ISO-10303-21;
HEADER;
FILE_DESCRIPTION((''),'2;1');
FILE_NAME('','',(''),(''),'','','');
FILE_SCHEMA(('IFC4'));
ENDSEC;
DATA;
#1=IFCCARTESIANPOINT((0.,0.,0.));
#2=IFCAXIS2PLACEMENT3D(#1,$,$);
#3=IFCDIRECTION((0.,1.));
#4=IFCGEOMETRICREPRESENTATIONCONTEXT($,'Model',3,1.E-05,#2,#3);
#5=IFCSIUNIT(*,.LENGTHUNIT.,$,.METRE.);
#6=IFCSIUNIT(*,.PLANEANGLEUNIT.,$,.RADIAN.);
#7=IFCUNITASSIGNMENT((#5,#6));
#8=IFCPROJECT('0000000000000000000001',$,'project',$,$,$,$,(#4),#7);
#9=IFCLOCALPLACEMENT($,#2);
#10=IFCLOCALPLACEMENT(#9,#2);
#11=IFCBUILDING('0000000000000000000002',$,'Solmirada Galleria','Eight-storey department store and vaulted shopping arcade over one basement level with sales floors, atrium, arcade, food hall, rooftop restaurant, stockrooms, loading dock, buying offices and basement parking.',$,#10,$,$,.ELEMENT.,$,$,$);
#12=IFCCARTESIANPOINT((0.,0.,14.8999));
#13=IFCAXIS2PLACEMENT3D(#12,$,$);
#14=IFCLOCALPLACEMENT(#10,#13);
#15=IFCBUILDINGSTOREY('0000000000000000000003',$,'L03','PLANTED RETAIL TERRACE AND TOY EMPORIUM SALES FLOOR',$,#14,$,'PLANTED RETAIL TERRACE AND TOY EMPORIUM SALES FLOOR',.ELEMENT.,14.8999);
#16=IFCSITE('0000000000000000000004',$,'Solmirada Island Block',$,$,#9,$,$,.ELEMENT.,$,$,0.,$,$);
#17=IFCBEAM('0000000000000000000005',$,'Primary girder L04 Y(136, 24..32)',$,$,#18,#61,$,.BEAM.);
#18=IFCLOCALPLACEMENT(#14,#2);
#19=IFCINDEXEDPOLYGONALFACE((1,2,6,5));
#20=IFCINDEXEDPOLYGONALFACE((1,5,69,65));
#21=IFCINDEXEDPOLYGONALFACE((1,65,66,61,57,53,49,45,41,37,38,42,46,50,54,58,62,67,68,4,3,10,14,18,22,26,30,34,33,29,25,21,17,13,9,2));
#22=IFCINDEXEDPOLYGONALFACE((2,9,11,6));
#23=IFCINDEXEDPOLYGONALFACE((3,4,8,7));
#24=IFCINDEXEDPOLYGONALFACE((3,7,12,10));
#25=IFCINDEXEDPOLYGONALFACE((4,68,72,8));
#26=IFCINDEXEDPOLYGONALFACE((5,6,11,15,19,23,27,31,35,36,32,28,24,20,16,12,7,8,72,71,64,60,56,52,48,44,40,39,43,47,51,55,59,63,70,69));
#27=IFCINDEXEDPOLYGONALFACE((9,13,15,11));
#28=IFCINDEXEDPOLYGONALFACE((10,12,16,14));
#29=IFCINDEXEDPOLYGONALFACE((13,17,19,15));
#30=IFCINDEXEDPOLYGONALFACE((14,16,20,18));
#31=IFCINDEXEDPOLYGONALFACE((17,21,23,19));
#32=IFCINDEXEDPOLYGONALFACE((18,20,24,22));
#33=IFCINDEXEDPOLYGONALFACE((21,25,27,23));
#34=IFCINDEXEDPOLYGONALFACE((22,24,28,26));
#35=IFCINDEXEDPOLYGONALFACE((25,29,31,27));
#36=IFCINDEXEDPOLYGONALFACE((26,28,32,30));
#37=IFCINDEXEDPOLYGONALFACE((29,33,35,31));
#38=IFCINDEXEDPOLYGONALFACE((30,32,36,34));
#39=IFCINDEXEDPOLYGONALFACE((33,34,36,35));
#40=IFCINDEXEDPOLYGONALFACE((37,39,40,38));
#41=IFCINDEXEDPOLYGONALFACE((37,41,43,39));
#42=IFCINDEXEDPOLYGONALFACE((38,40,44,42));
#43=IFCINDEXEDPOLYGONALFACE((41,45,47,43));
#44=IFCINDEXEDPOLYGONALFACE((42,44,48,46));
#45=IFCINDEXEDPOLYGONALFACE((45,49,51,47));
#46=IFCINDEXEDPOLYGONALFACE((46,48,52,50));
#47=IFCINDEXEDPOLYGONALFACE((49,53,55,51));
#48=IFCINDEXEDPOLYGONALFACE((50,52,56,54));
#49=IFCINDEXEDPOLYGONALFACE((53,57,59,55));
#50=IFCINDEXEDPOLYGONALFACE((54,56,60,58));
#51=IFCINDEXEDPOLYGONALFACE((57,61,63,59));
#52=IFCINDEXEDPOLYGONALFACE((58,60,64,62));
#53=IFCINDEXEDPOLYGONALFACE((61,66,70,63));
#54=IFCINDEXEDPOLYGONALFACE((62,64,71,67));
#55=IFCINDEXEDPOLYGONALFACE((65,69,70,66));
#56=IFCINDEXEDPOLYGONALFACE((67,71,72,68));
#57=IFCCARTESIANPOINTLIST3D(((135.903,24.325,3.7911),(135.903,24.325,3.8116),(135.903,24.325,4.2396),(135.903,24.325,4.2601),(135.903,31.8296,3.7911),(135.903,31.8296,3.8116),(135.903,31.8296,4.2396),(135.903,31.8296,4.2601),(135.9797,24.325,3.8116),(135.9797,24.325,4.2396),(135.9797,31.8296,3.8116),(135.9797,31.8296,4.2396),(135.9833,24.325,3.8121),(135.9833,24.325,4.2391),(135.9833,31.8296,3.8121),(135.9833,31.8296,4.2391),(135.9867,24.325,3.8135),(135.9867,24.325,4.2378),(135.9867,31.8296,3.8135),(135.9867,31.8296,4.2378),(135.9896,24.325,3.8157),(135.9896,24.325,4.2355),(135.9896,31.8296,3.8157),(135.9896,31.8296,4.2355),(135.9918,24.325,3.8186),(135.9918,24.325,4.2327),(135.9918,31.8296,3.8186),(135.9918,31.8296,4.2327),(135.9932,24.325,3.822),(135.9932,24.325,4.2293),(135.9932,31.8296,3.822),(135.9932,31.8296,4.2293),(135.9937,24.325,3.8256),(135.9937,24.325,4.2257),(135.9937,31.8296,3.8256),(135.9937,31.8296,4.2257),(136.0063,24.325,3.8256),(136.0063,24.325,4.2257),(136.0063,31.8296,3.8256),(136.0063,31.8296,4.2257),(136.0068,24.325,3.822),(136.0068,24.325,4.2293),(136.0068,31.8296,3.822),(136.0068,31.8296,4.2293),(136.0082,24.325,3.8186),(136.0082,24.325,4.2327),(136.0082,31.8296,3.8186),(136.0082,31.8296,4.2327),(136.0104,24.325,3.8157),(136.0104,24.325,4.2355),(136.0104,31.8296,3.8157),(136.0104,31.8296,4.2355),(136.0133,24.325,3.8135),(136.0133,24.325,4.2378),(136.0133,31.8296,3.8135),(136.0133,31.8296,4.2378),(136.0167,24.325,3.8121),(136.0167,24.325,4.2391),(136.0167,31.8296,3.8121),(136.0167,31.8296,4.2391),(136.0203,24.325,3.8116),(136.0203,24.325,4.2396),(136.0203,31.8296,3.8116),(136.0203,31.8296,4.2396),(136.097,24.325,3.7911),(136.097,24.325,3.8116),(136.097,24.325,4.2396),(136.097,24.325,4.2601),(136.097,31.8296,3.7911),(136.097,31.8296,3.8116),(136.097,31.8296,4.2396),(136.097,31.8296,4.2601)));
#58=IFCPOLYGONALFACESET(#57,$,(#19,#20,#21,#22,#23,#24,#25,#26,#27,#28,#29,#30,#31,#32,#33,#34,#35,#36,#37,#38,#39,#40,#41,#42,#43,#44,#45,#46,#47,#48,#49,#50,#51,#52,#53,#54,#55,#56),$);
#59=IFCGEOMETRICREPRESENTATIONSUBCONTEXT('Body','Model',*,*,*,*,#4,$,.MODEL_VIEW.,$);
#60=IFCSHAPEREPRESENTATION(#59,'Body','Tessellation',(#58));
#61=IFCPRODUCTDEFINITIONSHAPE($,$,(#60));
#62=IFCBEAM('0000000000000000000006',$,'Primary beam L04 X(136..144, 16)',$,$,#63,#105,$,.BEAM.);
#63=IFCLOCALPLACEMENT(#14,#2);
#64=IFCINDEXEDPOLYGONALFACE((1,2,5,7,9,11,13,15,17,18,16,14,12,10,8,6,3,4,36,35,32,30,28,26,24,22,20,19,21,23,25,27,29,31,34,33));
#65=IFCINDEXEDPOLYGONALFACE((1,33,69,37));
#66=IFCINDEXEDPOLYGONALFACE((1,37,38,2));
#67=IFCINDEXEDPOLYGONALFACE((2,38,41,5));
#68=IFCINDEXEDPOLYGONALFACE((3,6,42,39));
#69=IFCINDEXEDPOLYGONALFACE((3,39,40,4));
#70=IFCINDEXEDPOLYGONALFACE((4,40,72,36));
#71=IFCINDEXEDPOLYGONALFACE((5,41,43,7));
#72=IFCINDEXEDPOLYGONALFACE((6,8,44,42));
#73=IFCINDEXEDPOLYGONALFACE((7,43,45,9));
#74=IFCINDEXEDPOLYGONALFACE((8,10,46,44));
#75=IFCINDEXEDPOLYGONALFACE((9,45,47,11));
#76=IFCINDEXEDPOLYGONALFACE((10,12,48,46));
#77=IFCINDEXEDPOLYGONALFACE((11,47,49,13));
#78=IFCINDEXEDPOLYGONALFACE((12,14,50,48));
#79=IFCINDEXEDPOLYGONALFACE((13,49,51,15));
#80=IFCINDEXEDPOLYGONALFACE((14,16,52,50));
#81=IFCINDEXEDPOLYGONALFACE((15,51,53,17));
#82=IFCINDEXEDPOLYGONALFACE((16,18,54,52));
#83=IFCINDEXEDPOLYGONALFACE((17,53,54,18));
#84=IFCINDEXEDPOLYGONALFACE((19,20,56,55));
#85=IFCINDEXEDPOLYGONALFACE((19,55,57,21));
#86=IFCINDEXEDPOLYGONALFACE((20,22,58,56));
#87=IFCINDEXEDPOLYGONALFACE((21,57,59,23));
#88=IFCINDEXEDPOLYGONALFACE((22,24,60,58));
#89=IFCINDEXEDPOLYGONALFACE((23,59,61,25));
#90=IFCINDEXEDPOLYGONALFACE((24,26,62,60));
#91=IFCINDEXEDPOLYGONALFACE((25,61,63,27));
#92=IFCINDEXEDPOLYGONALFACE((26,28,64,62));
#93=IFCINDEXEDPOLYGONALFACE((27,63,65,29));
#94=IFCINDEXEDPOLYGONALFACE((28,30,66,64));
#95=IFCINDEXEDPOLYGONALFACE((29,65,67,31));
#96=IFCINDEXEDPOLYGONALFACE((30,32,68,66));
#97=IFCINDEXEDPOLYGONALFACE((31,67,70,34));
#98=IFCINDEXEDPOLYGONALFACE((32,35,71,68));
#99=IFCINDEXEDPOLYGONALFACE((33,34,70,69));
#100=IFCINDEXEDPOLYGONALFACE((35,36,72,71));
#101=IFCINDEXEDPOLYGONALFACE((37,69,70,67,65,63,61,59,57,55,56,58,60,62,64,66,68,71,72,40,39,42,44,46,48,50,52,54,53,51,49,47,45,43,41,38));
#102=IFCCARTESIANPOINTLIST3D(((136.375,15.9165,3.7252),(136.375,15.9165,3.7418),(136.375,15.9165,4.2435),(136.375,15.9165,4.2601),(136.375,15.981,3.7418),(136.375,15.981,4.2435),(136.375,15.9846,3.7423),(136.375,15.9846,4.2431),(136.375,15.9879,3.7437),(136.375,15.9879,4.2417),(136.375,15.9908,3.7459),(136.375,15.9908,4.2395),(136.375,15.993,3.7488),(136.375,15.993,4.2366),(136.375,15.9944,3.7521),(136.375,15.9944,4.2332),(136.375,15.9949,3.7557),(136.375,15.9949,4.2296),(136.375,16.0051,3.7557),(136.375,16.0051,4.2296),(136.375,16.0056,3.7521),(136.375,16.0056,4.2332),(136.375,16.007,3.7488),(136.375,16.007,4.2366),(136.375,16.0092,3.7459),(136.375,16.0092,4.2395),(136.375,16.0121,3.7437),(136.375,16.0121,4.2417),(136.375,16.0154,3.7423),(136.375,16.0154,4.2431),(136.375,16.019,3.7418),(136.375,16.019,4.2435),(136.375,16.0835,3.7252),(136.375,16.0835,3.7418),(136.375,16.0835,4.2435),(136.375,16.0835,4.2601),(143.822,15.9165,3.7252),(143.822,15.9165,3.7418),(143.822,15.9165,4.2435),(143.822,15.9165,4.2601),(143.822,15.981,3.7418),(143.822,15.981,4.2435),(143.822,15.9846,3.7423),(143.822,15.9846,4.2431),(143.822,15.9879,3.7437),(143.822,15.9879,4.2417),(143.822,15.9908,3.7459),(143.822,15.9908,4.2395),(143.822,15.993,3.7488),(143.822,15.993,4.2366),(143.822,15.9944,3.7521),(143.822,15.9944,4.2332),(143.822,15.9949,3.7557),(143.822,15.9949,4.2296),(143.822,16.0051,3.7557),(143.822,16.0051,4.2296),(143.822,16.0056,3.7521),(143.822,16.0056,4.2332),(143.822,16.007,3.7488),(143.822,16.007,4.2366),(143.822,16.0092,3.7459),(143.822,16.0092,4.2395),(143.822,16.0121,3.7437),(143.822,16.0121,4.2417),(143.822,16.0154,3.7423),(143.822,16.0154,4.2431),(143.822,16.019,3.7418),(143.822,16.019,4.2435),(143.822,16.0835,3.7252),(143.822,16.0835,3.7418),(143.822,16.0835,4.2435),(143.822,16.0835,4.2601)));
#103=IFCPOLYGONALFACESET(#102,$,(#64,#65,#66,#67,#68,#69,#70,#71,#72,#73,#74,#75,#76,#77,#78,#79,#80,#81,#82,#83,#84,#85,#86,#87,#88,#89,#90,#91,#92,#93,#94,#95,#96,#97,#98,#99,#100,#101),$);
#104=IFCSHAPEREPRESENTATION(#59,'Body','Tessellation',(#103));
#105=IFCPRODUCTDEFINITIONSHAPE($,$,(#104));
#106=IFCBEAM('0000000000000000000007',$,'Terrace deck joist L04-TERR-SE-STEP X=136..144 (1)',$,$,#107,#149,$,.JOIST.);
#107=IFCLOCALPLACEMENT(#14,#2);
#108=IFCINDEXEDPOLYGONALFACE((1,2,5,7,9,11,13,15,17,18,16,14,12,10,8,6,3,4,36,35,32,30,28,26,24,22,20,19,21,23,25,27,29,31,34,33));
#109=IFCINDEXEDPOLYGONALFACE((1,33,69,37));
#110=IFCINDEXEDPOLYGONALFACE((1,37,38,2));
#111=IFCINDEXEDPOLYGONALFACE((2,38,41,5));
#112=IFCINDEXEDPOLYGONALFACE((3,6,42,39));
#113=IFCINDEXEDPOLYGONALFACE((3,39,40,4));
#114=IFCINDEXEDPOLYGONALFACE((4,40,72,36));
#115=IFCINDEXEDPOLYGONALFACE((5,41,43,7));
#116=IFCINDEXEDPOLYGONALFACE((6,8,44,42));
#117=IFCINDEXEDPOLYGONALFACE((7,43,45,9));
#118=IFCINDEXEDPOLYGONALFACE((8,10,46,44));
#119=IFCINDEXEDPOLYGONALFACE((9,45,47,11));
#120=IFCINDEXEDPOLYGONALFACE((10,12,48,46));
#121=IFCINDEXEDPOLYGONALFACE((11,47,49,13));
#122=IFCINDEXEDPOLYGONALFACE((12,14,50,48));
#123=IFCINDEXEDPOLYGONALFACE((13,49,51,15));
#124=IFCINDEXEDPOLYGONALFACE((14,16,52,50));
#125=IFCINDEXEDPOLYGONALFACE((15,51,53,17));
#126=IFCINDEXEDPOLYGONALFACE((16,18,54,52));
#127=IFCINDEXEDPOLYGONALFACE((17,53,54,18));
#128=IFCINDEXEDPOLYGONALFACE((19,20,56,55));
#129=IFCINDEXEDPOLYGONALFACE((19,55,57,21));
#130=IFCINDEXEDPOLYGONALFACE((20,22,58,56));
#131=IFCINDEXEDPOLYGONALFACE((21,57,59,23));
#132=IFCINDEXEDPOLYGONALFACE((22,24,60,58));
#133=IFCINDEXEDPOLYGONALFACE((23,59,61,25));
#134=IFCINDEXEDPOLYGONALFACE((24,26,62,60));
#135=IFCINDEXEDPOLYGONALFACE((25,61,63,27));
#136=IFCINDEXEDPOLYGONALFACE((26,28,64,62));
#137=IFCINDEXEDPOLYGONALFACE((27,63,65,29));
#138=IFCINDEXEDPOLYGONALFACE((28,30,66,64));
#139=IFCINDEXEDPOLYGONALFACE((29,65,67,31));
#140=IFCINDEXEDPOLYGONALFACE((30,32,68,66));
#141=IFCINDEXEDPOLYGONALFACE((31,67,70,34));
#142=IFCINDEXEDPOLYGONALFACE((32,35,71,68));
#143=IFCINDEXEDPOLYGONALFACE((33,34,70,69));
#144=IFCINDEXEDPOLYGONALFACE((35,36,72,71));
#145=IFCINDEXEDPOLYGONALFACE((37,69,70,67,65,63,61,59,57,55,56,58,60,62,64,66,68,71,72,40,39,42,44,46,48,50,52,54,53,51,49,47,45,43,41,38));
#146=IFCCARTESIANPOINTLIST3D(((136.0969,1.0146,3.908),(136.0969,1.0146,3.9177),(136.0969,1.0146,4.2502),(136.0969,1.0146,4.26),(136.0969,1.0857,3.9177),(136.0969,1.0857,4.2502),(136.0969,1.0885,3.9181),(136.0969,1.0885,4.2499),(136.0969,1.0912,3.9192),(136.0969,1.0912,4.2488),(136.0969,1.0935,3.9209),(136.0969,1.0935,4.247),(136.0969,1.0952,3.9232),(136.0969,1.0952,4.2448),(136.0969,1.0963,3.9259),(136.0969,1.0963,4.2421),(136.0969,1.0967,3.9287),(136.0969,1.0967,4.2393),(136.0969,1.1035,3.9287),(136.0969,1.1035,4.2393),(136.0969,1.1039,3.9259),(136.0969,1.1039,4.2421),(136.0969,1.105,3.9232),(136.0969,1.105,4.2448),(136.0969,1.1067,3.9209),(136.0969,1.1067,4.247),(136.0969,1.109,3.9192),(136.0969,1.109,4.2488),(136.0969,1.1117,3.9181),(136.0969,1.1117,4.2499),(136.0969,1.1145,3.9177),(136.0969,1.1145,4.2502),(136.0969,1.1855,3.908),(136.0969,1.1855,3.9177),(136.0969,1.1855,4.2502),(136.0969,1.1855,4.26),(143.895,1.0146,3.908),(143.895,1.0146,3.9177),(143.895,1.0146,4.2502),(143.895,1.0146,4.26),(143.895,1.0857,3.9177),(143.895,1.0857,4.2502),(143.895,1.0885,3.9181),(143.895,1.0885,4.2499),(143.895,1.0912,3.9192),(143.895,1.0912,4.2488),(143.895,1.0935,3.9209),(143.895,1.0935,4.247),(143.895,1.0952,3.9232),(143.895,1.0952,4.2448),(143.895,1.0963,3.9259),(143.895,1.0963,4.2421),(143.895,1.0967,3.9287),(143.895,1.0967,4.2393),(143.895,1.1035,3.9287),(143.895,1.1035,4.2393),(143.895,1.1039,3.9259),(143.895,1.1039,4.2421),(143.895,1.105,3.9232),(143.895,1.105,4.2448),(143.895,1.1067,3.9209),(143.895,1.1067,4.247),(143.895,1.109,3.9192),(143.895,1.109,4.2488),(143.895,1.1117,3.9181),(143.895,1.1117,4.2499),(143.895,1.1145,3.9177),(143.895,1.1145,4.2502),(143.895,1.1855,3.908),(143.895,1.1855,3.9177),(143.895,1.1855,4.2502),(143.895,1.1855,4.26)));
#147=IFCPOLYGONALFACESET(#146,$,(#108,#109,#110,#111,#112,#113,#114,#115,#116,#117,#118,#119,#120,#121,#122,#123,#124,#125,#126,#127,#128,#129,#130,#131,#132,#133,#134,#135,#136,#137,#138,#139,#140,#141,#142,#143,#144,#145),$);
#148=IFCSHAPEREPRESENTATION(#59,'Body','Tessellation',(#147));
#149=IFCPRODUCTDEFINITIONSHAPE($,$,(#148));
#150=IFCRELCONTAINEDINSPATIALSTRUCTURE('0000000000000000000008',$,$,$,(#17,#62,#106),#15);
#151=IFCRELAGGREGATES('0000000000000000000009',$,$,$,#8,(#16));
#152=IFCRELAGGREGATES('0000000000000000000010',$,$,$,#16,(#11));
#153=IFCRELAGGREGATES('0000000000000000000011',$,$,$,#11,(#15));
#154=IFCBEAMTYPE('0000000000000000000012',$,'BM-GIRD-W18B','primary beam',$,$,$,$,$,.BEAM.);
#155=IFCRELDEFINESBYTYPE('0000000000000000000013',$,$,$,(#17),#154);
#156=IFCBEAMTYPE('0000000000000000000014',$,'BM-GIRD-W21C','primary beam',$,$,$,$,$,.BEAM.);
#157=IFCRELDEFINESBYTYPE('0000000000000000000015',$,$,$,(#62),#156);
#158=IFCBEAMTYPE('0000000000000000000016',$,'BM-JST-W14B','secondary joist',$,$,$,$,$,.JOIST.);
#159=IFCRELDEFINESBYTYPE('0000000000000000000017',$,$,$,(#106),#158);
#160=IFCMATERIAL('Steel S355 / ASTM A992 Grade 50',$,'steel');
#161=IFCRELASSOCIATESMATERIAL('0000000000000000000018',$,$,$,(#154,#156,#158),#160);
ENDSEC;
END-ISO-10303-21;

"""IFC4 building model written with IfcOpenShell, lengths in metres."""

from ifc_helpers import new_model, si_unit, direction, frame, origin, origin_2d, place, context, subcontext, project, spatial, i_section, extrude, material, material_profile, profile_set, type_object, element, save


model = new_model("IFC4")

# Units and contexts
model_context = context("Model", 3, precision=1e-05, world=origin(), true_north=direction((0.0, 1.0)))
body_context = subcontext(model_context, "Body", "Model", "MODEL_VIEW")
ifc_project = project(units=[si_unit("LENGTHUNIT", "METRE"), si_unit("PLANEANGLEUNIT", "RADIAN")], contexts=[model_context])

# Site, building, storey
site_placement = place(None, origin())
site = spatial("IfcSite", under=ifc_project, at=site_placement, Name="Solmirada Island Block", CompositionType="ELEMENT", RefElevation=0.0)
building_placement = place(site_placement, origin())
building = spatial("IfcBuilding", under=site, at=building_placement, Name="Solmirada Galleria", Description="Eight-storey department store and vaulted shopping arcade over one basement level with sales floors, atrium, arcade, food hall, rooftop restaurant, stockrooms, loading dock, buying offices and basement parking.", CompositionType="ELEMENT")
storey_placement = place(building_placement, frame((0.0, 0.0, 14.8999)))
storey = spatial("IfcBuildingStorey", under=building, at=storey_placement, Name="L03", Description="PLANTED RETAIL TERRACE AND TOY EMPORIUM SALES FLOOR", LongName="PLANTED RETAIL TERRACE AND TOY EMPORIUM SALES FLOOR", CompositionType="ELEMENT", Elevation=14.8999)

# Beams
ifc_material_1 = material(Name="Steel S355 / ASTM A992 Grade 50", Category="steel")
ifc_material_profile_1 = material_profile(ifc_material_1, i_section(OverallWidth=0.1941, OverallDepth=0.469, WebThickness=0.0127, FlangeThickness=0.0205, FilletRadius=0.0139, at=origin_2d()), Name="W18X71")
ifc_profile_set_1 = profile_set([ifc_material_profile_1], Name="Steel S355 / ASTM A992 Grade 50")
beam_type_1 = type_object("IfcBeamType", Name="BM-GIRD-W18B", Description="primary beam", PredefinedType="BEAM", material=ifc_profile_set_1)
beam_1_placement = place(storey_placement, frame((136.0, 24.325, 4.0256), z_axis=(0.0, 1.0, 0.0), x_axis=(-1.0, 0.0, 0.0)))
element("IfcBeam", 1, at=beam_1_placement, inside=storey, type_object=beam_type_1, Name="Primary girder L04 Y(136, 24..32)", PredefinedType="BEAM", context=body_context, shape_type="SweptSolid", body=[
    extrude(i_section(OverallWidth=0.1941, OverallDepth=0.469, WebThickness=0.0127, FlangeThickness=0.0205, FilletRadius=0.0139, at=origin_2d()), origin(), (0.0, 0.0, 1.0), 7.5046),
])
ifc_material_profile_2 = material_profile(ifc_material_1, i_section(OverallWidth=0.167, OverallDepth=0.5349, WebThickness=0.0103, FlangeThickness=0.0166, FilletRadius=0.0139, at=origin_2d()), Name="W21X57")
ifc_profile_set_2 = profile_set([ifc_material_profile_2], Name="Steel S355 / ASTM A992 Grade 50")
beam_type_2 = type_object("IfcBeamType", Name="BM-GIRD-W21C", Description="primary beam", PredefinedType="BEAM", material=ifc_profile_set_2)
beam_2_placement = place(storey_placement, frame((136.375, 16.0, 3.9927), z_axis=(1.0, 0.0, 0.0), x_axis=(0.0, 1.0, 0.0)))
element("IfcBeam", 2, at=beam_2_placement, inside=storey, type_object=beam_type_2, Name="Primary beam L04 X(136..144, 16)", PredefinedType="BEAM", context=body_context, shape_type="SweptSolid", body=[
    extrude(i_section(OverallWidth=0.167, OverallDepth=0.5349, WebThickness=0.0103, FlangeThickness=0.0166, FilletRadius=0.0139, at=origin_2d()), origin(), (0.0, 0.0, 1.0), 7.447),
])
ifc_material_profile_3 = material_profile(ifc_material_1, i_section(OverallWidth=0.1709, OverallDepth=0.3521, WebThickness=0.0068, FlangeThickness=0.0098, FilletRadius=0.011, at=origin_2d()), Name="W14X30")
ifc_profile_set_3 = profile_set([ifc_material_profile_3], Name="Steel S355 / ASTM A992 Grade 50")
beam_type_3 = type_object("IfcBeamType", Name="BM-JST-W14B", Description="secondary joist", PredefinedType="JOIST", material=ifc_profile_set_3)
beam_3_placement = place(storey_placement, frame((136.0969, 1.1001, 4.084), z_axis=(1.0, 0.0, 0.0), x_axis=(0.0, 1.0, 0.0)))
element("IfcBeam", 3, at=beam_3_placement, inside=storey, type_object=beam_type_3, Name="Terrace deck joist L04-TERR-SE-STEP X=136..144 (1)", PredefinedType="JOIST", context=body_context, shape_type="SweptSolid", body=[
    extrude(i_section(OverallWidth=0.1709, OverallDepth=0.3521, WebThickness=0.0068, FlangeThickness=0.0098, FilletRadius=0.011, at=origin_2d()), origin(), (0.0, 0.0, 1.0), 7.7981),
])

save(model, "model.ifc")
